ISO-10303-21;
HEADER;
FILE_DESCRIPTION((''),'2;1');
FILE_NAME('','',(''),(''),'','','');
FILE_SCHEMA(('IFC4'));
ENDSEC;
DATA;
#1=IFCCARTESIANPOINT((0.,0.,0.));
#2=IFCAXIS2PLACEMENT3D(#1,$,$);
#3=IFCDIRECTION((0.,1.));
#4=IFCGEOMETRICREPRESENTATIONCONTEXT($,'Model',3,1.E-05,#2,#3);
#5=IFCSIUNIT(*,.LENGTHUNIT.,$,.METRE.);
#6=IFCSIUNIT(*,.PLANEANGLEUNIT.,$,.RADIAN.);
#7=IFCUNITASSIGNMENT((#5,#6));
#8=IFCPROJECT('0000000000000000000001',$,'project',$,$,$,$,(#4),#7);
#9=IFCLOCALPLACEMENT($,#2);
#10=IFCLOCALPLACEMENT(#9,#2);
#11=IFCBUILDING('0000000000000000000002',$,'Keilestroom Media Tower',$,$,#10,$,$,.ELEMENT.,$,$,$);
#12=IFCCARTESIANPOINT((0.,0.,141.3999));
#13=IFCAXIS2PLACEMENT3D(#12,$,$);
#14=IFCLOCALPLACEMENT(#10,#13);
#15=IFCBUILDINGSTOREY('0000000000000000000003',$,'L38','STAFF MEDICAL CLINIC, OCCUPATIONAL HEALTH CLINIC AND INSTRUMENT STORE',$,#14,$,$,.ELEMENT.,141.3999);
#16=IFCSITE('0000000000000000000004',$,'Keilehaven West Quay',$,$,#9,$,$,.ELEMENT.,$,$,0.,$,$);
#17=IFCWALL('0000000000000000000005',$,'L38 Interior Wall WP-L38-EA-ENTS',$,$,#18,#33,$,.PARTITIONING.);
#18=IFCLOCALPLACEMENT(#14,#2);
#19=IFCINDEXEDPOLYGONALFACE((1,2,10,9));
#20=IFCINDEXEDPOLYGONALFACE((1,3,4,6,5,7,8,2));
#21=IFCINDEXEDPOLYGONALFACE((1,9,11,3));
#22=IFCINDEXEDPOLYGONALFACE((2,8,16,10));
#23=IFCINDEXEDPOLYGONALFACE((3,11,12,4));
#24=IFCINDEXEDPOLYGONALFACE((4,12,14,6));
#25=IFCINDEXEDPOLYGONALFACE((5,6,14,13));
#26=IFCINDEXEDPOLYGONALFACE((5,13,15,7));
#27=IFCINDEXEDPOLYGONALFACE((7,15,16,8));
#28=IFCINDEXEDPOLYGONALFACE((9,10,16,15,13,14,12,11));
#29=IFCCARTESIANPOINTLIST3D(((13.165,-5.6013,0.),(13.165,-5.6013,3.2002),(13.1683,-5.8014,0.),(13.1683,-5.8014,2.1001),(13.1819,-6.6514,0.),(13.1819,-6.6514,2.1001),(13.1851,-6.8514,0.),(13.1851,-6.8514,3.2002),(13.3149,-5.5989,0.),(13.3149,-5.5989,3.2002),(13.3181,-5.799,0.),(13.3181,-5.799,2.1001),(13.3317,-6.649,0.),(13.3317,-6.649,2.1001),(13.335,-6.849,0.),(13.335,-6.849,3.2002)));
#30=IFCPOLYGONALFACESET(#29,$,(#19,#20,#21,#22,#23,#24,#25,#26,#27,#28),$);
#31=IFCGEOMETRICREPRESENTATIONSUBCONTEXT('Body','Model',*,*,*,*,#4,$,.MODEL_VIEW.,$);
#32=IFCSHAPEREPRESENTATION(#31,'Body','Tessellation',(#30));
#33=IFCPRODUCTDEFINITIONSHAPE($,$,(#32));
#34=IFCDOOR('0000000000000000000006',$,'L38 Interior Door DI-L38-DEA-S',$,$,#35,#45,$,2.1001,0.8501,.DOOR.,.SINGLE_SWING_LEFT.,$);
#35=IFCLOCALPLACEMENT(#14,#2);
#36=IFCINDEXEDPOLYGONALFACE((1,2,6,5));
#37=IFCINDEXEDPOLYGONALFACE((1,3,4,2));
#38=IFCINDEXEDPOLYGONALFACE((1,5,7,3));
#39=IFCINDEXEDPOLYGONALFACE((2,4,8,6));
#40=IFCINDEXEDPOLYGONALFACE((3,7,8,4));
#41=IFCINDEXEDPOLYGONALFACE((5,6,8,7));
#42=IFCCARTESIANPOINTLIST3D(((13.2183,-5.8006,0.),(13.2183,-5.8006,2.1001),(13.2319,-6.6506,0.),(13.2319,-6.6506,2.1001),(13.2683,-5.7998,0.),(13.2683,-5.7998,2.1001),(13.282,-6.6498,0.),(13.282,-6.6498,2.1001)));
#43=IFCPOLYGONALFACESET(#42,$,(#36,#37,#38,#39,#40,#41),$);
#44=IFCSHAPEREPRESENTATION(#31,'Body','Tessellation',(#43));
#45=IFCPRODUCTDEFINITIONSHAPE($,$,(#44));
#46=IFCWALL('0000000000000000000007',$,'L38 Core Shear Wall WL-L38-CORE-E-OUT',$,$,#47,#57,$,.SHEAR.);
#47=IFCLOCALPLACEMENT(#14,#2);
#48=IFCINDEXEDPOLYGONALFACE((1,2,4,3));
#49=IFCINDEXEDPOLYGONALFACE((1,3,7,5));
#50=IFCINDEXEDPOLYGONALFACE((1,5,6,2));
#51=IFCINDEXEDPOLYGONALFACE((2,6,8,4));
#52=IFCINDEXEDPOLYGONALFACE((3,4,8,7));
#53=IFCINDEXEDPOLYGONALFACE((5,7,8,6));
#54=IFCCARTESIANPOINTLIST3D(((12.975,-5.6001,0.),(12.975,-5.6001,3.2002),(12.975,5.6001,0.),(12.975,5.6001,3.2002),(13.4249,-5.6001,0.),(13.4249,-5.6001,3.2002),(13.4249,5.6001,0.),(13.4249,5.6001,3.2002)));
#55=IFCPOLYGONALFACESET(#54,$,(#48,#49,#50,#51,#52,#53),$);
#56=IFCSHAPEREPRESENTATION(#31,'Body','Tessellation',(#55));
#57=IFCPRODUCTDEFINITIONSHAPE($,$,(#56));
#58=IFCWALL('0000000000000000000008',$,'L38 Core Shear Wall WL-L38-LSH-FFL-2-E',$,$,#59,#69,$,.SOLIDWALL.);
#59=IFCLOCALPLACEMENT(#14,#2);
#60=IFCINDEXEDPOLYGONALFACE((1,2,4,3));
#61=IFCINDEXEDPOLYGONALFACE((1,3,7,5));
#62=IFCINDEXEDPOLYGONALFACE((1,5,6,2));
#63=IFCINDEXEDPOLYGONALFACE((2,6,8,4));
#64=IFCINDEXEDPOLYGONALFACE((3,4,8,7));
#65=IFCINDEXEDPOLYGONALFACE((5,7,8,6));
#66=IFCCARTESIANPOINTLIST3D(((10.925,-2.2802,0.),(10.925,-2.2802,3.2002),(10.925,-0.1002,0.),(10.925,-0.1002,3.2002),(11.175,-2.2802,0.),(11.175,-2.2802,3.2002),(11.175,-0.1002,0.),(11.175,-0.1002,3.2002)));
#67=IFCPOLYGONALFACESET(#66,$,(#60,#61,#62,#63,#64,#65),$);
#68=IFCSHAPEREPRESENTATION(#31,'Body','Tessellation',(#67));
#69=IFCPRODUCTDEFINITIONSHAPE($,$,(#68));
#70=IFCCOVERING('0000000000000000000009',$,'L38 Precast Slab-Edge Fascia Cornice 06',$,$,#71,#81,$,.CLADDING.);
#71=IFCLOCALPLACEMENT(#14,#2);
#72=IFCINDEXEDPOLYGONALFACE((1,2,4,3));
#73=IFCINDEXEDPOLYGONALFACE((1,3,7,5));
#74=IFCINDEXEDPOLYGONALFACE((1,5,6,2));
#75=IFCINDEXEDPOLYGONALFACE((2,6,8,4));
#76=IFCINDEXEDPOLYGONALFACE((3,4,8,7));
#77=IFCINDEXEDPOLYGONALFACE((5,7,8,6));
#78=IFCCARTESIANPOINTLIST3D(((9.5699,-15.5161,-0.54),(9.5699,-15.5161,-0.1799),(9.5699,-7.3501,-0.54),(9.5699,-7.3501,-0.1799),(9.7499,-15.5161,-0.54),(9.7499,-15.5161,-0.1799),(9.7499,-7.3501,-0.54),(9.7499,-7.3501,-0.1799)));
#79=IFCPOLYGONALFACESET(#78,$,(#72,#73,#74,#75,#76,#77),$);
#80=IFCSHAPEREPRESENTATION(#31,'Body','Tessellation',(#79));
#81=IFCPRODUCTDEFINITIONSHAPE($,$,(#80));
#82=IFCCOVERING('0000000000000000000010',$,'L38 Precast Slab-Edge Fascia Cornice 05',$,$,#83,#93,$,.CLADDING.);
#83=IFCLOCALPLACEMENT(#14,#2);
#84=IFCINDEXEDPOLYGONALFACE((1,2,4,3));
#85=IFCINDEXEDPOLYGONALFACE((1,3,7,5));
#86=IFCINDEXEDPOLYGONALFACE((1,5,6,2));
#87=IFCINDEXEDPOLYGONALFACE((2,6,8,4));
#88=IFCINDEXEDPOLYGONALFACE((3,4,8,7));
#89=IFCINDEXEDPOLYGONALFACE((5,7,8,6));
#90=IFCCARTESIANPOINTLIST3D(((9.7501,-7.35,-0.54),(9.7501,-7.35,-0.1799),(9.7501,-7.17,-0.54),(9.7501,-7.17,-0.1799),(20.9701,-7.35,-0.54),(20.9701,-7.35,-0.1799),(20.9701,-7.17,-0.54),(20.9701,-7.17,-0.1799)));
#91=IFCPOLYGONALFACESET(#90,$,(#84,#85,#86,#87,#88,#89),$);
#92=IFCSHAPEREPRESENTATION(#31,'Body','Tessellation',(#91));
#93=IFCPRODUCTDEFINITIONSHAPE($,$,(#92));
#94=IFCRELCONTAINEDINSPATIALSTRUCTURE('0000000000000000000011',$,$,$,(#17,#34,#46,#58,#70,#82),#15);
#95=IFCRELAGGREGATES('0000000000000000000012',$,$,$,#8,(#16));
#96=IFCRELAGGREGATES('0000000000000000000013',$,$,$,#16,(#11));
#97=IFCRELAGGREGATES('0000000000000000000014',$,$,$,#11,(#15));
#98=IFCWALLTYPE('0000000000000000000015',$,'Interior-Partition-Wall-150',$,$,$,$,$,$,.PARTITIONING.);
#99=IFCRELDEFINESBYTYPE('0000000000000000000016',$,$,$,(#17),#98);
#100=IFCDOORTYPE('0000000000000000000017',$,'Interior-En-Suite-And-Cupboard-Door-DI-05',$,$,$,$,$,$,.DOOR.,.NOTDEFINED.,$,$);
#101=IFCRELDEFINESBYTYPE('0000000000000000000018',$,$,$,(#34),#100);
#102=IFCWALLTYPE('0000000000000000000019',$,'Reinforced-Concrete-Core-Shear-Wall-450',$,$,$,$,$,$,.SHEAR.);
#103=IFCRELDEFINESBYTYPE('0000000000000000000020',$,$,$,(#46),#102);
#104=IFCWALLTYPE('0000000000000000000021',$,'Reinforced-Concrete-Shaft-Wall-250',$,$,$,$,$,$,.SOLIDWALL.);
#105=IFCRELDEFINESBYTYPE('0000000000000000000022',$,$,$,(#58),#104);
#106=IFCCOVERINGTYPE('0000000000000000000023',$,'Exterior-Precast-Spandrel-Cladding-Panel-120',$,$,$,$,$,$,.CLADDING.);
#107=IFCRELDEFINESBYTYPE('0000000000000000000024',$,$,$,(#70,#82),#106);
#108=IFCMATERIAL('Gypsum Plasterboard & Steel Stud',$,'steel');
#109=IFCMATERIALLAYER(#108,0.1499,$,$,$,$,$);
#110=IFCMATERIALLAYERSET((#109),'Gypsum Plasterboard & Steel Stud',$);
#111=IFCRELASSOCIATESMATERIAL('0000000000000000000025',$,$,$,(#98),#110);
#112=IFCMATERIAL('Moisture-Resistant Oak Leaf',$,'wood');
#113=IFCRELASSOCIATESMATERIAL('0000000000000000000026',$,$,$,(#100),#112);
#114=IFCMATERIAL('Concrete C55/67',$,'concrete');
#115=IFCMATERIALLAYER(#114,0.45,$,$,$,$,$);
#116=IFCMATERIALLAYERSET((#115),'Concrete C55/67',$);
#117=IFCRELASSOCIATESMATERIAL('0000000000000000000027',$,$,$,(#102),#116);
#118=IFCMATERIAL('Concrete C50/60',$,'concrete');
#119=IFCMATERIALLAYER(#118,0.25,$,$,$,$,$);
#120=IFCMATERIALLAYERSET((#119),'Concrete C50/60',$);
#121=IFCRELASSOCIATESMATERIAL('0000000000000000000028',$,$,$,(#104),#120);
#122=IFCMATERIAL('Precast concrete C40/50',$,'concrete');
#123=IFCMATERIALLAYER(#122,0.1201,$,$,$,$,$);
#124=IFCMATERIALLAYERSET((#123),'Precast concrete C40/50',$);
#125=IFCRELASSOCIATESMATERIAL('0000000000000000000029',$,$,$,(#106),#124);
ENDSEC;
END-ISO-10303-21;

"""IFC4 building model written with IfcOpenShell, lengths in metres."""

from ifc_helpers import new_model, si_unit, direction, frame, frame_2d, origin, origin_2d, place, context, subcontext, project, spatial, rectangle, extrude, source, transform, mapped, material, layer, layer_set, type_object, element, fill, save


model = new_model("IFC4")

# Units and contexts
model_context = context("Model", 3, precision=1e-05, world=origin(), true_north=direction((0.0, 1.0)))
body_context = subcontext(model_context, "Body", "Model", "MODEL_VIEW")
ifc_project = project(units=[si_unit("LENGTHUNIT", "METRE"), si_unit("PLANEANGLEUNIT", "RADIAN")], contexts=[model_context])

# Site, building, storey
site_placement = place(None, origin())
site = spatial("IfcSite", under=ifc_project, at=site_placement, Name="Keilehaven West Quay", CompositionType="ELEMENT", RefElevation=0.0)
building_placement = place(site_placement, origin())
building = spatial("IfcBuilding", under=site, at=building_placement, Name="Keilestroom Media Tower", CompositionType="ELEMENT")
storey_placement = place(building_placement, frame((0.0, 0.0, 141.3999)))
storey = spatial("IfcBuildingStorey", under=building, at=storey_placement, Name="L38", Description="STAFF MEDICAL CLINIC, OCCUPATIONAL HEALTH CLINIC AND INSTRUMENT STORE", CompositionType="ELEMENT", Elevation=141.3999)

# Shared definitions
ifc_material_1 = material(Name="Precast concrete C40/50", Category="concrete")
ifc_material_2 = material(Name="Concrete C55/67", Category="concrete")

# Wall, opening, door
ifc_material_3 = material(Name="Gypsum Plasterboard & Steel Stud", Category="steel")
ifc_layer_1 = layer(ifc_material_3, 0.1499)
ifc_layer_set_1 = layer_set([ifc_layer_1], Name="Gypsum Plasterboard & Steel Stud")
wall_type_1 = type_object("IfcWallType", Name="Interior-Partition-Wall-150", PredefinedType="PARTITIONING", material=ifc_layer_set_1)
wall_1_placement = place(storey_placement, frame((13.26, -6.8501, 0.0), z_axis=(0.0, 0.0, 1.0), x_axis=(-0.016014, 0.999872, 0.0)))
wall_1 = element("IfcWall", 1, at=wall_1_placement, inside=storey, type_object=wall_type_1, Name="L38 Interior Wall WP-L38-EA-ENTS", PredefinedType="PARTITIONING", context=body_context, shape_type="SweptSolid", body=[
    extrude(rectangle(XDim=1.2502, YDim=0.1499, at=frame_2d((0.625, 0.0))), origin(), (0.0, 0.0, 1.0), 3.2002),
])
opening_placement = place(wall_1_placement, frame((0.2, 0.0, 0.0)))
opening = element("IfcOpeningElement", 2, at=opening_placement, cuts=wall_1, PredefinedType="OPENING", context=body_context, shape_type="SweptSolid", body=[
    extrude(rectangle(XDim=0.8501, YDim=2.1001, at=frame_2d((0.425, 1.05))), frame((0.0, 0.085, 0.0), z_axis=(0.0, -1.0, 0.0), x_axis=(1.0, 0.0, 0.0)), (0.0, 0.0, 1.0), 0.1699),
])
ifc_material_4 = material(Name="Moisture-Resistant Oak Leaf", Category="wood")
door_type = type_object("IfcDoorType", Name="Interior-En-Suite-And-Cupboard-Door-DI-05", OperationType="NOTDEFINED", PredefinedType="DOOR", material=ifc_material_4)
shared_shape_1 = source(origin(), body_context, "Body", "SweptSolid", [
    extrude(rectangle(XDim=0.8501, YDim=2.1001, at=frame_2d((0.425, 1.05))), frame((0.0, 0.0249, 0.0), z_axis=(0.0, -1.0, 0.0), x_axis=(1.0, 0.0, 0.0)), (0.0, 0.0, 1.0), 0.05),
])
door_placement = place(opening_placement, origin())
door = element("IfcDoor", 3, at=door_placement, inside=storey, type_object=door_type, Name="L38 Interior Door DI-L38-DEA-S", OperationType="SINGLE_SWING_LEFT", OverallHeight=2.1001, OverallWidth=0.8501, PredefinedType="DOOR", context=body_context, shape_type="MappedRepresentation", body=[
    mapped(shared_shape_1, transform((0.0, 0.0, 0.0), x_axis=(1.0, 0.0, 0.0), y_axis=(0.0, 1.0, 0.0), z_axis=(0.0, 0.0, 1.0), scale=1.0)),
])
fill(opening, door)

# Walls
ifc_layer_2 = layer(ifc_material_2, 0.45)
ifc_layer_set_2 = layer_set([ifc_layer_2], Name="Concrete C55/67")
wall_type_2 = type_object("IfcWallType", Name="Reinforced-Concrete-Core-Shear-Wall-450", PredefinedType="SHEAR", material=ifc_layer_set_2)
wall_2_placement = place(storey_placement, frame((13.2, -5.6001, 0.0), z_axis=(0.0, 0.0, 1.0), x_axis=(0.0, 1.0, 0.0)))
element("IfcWall", 4, at=wall_2_placement, inside=storey, type_object=wall_type_2, Name="L38 Core Shear Wall WL-L38-CORE-E-OUT", PredefinedType="SHEAR", context=body_context, shape_type="SweptSolid", body=[
    extrude(rectangle(XDim=11.2002, YDim=0.45, at=frame_2d((5.6001, 0.0))), origin(), (0.0, 0.0, 1.0), 3.2002),
])
ifc_material_5 = material(Name="Concrete C50/60", Category="concrete")
ifc_layer_3 = layer(ifc_material_5, 0.25)
ifc_layer_set_3 = layer_set([ifc_layer_3], Name="Concrete C50/60")
wall_type_3 = type_object("IfcWallType", Name="Reinforced-Concrete-Shaft-Wall-250", PredefinedType="SOLIDWALL", material=ifc_layer_set_3)
wall_3_placement = place(storey_placement, frame((11.05, -2.28, 0.0), z_axis=(0.0, 0.0, 1.0), x_axis=(0.0, 1.0, 0.0)))
element("IfcWall", 5, at=wall_3_placement, inside=storey, type_object=wall_type_3, Name="L38 Core Shear Wall WL-L38-LSH-FFL-2-E", PredefinedType="SOLIDWALL", context=body_context, shape_type="SweptSolid", body=[
    extrude(rectangle(XDim=2.1799, YDim=0.25, at=frame_2d((1.0898, 0.0))), origin(), (0.0, 0.0, 1.0), 3.2002),
])

# Coverings
ifc_layer_4 = layer(ifc_material_1, 0.1201)
ifc_layer_set_4 = layer_set([ifc_layer_4], Name="Precast concrete C40/50")
covering_type = type_object("IfcCoveringType", Name="Exterior-Precast-Spandrel-Cladding-Panel-120", PredefinedType="CLADDING", material=ifc_layer_set_4)
shared_shape_2 = source(origin(), body_context, "Body", "SweptSolid", [
    extrude(rectangle(XDim=8.166, YDim=0.1799, at=origin_2d()), origin(), (0.0, 0.0, 1.0), 0.3601),
])
covering_1_placement = place(storey_placement, frame((9.6599, -11.4331, -0.54), z_axis=(0.0, 0.0, 1.0), x_axis=(0.0, -1.0, 0.0)))
element("IfcCovering", 6, at=covering_1_placement, inside=storey, type_object=covering_type, Name="L38 Precast Slab-Edge Fascia Cornice 06", PredefinedType="CLADDING", context=body_context, shape_type="MappedRepresentation", body=[
    mapped(shared_shape_2, transform((0.0, 0.0, 0.0), x_axis=(1.0, 0.0, 0.0), y_axis=(0.0, 1.0, 0.0), z_axis=(0.0, 0.0, 1.0), scale=1.0)),
])
shared_shape_3 = source(origin(), body_context, "Body", "SweptSolid", [
    extrude(rectangle(XDim=11.22, YDim=0.1799, at=origin_2d()), origin(), (0.0, 0.0, 1.0), 0.3601),
])
covering_2_placement = place(storey_placement, frame((15.3601, -7.26, -0.54), z_axis=(0.0, 0.0, 1.0), x_axis=(-1.0, 0.0, 0.0)))
element("IfcCovering", 7, at=covering_2_placement, inside=storey, type_object=covering_type, Name="L38 Precast Slab-Edge Fascia Cornice 05", PredefinedType="CLADDING", context=body_context, shape_type="MappedRepresentation", body=[
    mapped(shared_shape_3, transform((0.0, 0.0, 0.0), x_axis=(1.0, 0.0, 0.0), y_axis=(0.0, 1.0, 0.0), z_axis=(0.0, 0.0, 1.0), scale=1.0)),
])

save(model, "model.ifc")
